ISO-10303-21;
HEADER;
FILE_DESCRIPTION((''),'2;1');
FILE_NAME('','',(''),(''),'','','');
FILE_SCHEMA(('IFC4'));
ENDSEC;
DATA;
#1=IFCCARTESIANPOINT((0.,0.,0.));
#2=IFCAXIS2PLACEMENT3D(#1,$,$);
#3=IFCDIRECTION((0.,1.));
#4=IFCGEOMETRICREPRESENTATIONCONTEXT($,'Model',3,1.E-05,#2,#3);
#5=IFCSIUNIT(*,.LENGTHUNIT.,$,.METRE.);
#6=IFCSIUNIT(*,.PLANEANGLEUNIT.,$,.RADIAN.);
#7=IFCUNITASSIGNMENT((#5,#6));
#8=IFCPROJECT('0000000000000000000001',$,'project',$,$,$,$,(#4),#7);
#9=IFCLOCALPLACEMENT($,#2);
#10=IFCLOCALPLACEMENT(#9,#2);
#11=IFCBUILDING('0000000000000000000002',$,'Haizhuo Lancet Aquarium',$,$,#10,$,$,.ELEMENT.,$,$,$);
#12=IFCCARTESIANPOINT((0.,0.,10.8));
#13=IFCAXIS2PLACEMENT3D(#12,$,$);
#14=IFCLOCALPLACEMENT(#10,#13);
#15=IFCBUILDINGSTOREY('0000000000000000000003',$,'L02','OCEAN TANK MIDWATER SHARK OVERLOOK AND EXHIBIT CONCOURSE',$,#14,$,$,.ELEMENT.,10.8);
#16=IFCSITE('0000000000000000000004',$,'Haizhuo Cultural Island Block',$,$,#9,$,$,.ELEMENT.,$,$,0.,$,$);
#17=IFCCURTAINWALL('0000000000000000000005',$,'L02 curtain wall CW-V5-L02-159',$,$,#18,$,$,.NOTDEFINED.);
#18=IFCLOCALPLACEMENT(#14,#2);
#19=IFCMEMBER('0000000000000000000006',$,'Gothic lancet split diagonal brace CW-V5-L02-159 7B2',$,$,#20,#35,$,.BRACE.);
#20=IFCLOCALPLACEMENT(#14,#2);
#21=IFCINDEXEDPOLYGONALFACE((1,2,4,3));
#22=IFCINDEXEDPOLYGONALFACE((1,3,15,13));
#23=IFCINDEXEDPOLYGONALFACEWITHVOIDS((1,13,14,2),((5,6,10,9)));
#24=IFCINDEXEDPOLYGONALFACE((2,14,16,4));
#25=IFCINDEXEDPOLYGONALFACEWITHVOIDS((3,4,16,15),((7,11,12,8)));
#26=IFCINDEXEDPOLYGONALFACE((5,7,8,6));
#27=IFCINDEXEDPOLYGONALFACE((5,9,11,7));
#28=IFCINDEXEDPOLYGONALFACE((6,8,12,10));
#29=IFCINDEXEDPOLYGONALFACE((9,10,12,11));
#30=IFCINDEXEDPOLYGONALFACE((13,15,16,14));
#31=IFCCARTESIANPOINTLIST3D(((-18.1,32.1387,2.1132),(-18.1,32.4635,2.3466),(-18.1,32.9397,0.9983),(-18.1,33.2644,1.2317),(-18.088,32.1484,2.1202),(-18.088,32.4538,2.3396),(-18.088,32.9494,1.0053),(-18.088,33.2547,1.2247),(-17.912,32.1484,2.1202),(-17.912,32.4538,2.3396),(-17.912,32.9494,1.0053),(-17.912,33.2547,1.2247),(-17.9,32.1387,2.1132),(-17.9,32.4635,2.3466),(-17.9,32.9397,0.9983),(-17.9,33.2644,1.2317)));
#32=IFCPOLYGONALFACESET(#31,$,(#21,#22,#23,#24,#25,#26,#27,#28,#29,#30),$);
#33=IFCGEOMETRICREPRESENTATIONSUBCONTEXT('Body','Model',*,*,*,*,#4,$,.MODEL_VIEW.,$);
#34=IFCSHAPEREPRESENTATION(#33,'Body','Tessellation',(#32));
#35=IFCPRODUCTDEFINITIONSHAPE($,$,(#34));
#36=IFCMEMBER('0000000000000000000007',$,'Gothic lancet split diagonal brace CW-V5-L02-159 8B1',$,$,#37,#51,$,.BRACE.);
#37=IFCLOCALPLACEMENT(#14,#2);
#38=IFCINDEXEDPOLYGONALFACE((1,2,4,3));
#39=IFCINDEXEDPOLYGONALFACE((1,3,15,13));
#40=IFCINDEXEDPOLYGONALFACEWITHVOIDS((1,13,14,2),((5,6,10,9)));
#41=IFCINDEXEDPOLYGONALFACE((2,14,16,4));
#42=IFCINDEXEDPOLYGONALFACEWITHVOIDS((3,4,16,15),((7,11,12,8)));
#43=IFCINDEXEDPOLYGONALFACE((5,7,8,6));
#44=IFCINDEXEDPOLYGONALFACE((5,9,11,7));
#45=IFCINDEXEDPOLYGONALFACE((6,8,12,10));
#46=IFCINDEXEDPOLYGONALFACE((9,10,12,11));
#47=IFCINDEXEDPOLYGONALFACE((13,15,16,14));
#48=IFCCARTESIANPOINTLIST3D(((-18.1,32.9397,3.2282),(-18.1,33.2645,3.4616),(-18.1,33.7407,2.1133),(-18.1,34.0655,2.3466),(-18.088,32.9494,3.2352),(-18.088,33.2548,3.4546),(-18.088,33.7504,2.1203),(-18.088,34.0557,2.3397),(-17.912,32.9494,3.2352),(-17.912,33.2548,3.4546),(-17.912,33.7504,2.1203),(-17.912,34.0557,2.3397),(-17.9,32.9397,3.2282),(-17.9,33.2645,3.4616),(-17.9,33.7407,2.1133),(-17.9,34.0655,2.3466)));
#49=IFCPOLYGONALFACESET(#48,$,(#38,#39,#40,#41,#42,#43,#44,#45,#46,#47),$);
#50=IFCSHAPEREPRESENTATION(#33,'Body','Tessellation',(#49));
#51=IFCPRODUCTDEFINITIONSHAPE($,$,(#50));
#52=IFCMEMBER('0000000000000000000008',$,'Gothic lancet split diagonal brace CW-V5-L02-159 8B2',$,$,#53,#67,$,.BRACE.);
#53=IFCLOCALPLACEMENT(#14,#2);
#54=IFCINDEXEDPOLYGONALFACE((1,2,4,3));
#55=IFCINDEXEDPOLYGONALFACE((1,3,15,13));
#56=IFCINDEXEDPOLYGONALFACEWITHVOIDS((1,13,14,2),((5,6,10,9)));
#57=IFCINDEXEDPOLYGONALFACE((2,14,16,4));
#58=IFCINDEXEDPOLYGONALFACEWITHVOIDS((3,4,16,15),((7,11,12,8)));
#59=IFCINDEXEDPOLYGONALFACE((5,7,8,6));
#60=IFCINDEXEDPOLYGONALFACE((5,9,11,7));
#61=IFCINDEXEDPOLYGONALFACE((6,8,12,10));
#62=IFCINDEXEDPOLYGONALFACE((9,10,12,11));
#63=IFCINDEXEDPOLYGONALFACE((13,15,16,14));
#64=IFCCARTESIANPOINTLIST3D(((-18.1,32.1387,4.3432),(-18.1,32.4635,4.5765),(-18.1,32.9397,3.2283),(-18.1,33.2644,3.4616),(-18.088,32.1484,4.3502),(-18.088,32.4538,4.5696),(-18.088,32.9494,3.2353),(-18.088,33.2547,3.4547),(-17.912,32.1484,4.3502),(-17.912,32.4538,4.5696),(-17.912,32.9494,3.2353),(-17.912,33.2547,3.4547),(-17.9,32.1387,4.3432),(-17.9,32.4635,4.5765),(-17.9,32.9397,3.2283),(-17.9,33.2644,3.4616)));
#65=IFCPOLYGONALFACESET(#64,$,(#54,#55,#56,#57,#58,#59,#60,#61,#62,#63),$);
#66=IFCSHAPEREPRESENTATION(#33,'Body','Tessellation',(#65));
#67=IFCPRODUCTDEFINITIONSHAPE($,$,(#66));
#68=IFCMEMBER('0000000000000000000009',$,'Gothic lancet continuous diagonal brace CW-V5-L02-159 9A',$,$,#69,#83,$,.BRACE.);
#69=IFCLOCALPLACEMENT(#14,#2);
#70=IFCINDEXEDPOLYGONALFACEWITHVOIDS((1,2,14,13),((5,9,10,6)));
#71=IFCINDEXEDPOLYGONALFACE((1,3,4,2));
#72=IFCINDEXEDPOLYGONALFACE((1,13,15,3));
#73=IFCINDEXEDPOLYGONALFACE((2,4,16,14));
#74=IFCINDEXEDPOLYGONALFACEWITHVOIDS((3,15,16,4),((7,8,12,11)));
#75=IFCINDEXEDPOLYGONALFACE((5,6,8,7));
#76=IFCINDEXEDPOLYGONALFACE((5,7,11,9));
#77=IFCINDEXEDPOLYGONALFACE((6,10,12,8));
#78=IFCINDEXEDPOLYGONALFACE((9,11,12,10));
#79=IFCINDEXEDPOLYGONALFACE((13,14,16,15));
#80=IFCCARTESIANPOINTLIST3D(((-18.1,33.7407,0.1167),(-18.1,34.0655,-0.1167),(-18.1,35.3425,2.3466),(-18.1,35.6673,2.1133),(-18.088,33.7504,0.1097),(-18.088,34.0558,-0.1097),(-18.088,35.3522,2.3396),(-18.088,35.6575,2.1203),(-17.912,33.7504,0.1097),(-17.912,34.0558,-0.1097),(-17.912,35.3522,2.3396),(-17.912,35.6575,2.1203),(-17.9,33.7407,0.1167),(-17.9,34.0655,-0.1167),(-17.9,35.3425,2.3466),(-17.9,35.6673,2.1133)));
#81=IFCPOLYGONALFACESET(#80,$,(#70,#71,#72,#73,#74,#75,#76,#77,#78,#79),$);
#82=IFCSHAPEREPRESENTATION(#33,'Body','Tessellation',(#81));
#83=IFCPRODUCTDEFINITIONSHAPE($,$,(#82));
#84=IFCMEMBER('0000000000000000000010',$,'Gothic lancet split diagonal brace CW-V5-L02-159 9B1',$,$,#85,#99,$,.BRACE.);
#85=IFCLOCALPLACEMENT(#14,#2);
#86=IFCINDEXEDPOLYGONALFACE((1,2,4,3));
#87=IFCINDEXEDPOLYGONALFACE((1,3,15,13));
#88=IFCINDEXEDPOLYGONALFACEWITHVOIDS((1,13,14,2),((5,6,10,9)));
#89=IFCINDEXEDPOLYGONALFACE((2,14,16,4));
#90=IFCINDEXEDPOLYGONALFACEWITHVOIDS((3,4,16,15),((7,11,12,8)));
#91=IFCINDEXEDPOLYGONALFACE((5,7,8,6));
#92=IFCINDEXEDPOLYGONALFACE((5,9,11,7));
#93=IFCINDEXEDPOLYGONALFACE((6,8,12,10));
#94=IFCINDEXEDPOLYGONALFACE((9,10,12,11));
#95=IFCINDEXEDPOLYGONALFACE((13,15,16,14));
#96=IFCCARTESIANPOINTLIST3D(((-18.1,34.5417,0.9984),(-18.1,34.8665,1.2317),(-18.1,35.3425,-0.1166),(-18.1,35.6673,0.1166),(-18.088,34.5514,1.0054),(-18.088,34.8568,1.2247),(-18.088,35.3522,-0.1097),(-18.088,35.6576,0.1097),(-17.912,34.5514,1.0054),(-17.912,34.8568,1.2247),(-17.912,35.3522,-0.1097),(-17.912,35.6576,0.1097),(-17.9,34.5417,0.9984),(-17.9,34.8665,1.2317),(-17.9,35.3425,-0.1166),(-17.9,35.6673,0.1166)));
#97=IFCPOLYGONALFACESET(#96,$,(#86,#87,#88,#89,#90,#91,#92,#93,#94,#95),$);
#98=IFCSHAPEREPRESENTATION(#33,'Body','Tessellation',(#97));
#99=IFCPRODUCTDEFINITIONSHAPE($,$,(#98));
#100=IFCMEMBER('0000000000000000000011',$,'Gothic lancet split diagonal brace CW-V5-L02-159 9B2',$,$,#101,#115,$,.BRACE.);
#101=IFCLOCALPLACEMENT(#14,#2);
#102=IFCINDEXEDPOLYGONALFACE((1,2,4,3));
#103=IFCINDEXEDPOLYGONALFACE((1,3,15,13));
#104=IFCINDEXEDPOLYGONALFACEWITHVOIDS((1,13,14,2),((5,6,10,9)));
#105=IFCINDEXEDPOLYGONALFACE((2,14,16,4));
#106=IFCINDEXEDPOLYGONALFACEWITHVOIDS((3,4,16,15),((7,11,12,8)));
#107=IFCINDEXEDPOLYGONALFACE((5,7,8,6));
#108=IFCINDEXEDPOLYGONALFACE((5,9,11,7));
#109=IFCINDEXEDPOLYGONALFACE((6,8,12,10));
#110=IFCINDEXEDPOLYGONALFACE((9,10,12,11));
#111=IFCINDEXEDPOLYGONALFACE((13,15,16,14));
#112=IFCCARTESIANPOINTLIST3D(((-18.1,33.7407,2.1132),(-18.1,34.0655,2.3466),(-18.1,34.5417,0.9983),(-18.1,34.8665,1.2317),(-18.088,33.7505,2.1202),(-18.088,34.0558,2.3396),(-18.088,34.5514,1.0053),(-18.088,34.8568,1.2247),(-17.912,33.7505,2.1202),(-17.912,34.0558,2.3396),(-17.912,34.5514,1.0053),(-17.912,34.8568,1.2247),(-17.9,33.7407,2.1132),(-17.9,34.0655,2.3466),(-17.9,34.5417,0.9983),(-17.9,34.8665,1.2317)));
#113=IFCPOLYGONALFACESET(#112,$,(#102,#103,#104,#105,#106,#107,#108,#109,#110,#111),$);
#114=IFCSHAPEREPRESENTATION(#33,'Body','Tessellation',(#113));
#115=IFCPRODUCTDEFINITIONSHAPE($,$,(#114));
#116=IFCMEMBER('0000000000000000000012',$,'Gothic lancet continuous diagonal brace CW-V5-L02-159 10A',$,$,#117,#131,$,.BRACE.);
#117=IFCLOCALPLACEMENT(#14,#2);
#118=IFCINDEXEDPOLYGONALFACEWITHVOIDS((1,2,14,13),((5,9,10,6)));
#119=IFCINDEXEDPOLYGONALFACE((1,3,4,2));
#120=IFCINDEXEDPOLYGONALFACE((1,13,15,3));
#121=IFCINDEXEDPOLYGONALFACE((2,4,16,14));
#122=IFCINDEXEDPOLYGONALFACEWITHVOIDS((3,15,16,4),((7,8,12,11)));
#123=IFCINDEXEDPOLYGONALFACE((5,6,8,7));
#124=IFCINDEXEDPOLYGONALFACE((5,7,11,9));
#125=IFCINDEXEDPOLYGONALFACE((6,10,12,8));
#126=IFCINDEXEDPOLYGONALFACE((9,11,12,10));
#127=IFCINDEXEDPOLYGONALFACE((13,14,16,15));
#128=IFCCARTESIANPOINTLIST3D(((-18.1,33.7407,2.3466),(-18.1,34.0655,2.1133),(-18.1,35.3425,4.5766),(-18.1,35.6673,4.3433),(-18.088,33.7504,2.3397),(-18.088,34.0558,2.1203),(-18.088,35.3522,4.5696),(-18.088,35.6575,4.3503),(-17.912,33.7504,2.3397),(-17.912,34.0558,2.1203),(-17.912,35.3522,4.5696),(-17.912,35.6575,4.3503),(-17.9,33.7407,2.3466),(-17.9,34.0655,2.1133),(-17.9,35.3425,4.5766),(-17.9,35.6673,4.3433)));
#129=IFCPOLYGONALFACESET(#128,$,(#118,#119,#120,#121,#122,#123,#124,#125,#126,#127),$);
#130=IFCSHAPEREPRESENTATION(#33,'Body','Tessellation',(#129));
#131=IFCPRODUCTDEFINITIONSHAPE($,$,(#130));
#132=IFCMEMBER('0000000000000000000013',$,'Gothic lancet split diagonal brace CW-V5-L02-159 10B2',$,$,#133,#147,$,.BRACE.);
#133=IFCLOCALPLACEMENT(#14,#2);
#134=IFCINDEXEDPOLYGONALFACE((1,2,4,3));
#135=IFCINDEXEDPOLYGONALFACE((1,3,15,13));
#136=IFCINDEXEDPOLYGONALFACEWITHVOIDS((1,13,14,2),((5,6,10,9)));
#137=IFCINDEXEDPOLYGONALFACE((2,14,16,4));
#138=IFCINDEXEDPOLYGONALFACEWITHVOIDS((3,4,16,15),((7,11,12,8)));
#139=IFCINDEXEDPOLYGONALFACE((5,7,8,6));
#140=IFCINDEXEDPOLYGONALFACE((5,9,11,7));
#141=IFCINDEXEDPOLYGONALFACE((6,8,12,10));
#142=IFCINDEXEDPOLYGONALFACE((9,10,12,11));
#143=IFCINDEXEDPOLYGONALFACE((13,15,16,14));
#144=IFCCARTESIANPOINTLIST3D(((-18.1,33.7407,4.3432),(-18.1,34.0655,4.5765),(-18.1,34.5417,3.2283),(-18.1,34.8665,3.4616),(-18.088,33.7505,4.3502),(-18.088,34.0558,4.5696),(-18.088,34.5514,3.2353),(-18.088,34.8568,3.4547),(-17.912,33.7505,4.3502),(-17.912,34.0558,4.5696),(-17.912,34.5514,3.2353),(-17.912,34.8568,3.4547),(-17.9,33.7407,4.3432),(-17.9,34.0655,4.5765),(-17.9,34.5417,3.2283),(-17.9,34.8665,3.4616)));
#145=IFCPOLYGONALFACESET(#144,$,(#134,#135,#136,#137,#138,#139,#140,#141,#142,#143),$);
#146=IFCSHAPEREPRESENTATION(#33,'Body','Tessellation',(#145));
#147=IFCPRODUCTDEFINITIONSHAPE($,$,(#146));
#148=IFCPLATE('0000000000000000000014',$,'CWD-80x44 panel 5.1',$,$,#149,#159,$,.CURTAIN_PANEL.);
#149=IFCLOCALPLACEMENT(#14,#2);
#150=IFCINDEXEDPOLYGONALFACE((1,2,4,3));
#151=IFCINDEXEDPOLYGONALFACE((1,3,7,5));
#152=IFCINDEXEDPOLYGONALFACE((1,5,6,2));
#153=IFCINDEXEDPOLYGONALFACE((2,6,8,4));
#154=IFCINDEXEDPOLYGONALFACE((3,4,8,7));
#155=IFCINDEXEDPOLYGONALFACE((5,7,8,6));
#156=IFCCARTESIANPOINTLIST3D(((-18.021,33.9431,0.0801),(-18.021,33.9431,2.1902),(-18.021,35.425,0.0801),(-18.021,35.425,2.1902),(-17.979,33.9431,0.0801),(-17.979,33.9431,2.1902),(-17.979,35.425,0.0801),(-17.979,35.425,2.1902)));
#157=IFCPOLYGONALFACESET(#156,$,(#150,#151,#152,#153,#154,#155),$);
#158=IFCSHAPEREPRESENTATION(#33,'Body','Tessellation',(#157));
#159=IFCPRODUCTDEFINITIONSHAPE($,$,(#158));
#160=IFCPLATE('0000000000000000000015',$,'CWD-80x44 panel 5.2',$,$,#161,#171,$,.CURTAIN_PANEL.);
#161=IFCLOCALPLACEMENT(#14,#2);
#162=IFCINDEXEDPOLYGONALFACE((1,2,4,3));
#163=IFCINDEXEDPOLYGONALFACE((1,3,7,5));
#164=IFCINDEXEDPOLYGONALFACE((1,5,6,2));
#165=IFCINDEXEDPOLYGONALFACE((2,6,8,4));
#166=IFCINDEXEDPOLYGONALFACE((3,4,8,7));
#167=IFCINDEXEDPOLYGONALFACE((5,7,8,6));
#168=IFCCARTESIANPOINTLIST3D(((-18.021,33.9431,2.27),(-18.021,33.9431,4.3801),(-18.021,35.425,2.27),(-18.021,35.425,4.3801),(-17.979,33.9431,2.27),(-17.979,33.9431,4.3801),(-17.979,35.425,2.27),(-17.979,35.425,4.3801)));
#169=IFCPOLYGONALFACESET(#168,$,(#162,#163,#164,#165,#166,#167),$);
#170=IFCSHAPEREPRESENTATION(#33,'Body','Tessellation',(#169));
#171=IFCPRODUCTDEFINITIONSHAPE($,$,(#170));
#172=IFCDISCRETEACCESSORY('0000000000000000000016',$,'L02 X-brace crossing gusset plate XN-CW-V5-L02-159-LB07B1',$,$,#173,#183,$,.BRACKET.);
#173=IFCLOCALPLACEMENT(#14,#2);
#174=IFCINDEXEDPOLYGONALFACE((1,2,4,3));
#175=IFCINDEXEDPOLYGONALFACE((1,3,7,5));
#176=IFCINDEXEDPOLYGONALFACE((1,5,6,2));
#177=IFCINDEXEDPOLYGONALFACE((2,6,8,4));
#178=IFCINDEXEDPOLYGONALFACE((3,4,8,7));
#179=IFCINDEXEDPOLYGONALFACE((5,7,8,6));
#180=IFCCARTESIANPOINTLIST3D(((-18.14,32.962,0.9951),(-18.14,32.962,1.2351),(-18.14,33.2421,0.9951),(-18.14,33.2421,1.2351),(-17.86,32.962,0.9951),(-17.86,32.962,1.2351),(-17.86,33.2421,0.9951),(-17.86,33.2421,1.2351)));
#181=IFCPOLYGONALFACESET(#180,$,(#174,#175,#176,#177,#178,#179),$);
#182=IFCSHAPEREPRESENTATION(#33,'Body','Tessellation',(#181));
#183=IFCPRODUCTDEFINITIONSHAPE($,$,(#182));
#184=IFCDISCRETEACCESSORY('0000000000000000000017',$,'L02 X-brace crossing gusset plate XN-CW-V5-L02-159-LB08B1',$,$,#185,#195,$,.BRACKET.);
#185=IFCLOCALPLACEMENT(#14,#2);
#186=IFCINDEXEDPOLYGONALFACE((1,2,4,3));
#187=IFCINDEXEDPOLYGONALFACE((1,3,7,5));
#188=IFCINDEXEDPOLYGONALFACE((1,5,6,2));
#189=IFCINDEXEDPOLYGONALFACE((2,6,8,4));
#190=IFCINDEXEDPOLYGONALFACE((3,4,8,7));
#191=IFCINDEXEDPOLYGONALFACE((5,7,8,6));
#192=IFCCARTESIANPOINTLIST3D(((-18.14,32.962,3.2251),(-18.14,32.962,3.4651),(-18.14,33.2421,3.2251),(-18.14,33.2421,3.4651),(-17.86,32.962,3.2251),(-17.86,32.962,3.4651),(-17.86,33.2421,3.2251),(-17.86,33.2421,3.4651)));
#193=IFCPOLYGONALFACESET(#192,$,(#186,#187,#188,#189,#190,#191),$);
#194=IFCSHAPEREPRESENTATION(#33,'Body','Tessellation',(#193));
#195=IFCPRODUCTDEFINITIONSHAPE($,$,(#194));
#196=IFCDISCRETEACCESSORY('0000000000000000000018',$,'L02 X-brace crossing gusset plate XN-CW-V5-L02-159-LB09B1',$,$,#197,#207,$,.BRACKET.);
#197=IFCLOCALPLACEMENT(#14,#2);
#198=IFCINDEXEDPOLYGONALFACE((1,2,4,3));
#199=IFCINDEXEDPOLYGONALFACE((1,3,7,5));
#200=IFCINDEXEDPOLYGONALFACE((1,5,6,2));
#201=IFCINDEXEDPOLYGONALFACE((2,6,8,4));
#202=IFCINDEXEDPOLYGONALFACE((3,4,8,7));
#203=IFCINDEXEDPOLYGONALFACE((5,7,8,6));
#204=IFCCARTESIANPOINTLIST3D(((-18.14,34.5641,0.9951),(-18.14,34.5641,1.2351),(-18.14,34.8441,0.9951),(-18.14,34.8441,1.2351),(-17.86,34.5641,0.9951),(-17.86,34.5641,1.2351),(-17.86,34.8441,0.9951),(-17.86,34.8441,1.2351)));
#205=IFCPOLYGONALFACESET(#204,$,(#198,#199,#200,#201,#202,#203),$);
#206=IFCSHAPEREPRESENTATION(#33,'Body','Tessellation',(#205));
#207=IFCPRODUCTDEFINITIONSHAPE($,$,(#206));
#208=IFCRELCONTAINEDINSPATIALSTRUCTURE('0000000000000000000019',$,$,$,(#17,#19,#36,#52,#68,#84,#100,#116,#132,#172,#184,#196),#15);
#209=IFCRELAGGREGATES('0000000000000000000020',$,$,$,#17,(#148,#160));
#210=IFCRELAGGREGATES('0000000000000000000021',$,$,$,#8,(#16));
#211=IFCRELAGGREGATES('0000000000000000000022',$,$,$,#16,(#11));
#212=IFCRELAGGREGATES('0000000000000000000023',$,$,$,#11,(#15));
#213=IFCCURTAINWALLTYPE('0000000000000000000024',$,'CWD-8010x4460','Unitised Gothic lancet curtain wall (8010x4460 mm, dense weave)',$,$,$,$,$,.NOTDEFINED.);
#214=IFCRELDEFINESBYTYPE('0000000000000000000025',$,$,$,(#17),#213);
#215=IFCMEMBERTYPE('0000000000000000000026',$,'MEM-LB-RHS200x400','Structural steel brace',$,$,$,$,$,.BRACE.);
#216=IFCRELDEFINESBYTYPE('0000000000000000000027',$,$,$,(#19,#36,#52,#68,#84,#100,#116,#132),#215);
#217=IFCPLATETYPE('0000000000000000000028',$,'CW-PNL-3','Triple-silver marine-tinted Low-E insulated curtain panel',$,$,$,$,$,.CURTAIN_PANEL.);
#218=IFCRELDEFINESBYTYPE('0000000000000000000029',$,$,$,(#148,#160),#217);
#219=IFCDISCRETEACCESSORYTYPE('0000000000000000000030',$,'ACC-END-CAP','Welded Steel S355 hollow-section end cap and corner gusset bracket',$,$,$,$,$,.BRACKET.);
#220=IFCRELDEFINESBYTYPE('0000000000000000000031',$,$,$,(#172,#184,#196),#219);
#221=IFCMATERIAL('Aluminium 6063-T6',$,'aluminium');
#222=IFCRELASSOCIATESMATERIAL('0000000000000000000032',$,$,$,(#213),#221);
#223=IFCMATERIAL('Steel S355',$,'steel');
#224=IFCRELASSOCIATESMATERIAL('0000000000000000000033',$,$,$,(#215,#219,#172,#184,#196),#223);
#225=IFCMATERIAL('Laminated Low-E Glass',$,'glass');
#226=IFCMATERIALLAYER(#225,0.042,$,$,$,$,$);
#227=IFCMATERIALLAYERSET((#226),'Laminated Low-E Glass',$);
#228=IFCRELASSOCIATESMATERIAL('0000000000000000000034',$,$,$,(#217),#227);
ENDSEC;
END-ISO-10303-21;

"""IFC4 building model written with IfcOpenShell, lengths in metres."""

from ifc_helpers import new_model, si_unit, direction, frame, origin, origin_2d, place, context, subcontext, project, spatial, rectangle, hollow_rectangle, extrude, material, layer, layer_set, material_profile, profile_set, type_object, element, aggregate, save


model = new_model("IFC4")

# Units and contexts
model_context = context("Model", 3, precision=1e-05, world=origin(), true_north=direction((0.0, 1.0)))
body_context = subcontext(model_context, "Body", "Model", "MODEL_VIEW")
ifc_project = project(units=[si_unit("LENGTHUNIT", "METRE"), si_unit("PLANEANGLEUNIT", "RADIAN")], contexts=[model_context])

# Site, building, storey
site_placement = place(None, origin())
site = spatial("IfcSite", under=ifc_project, at=site_placement, Name="Haizhuo Cultural Island Block", CompositionType="ELEMENT", RefElevation=0.0)
building_placement = place(site_placement, origin())
building = spatial("IfcBuilding", under=site, at=building_placement, Name="Haizhuo Lancet Aquarium", CompositionType="ELEMENT")
storey_placement = place(building_placement, frame((0.0, 0.0, 10.8)))
storey = spatial("IfcBuildingStorey", under=building, at=storey_placement, Name="L02", Description="OCEAN TANK MIDWATER SHARK OVERLOOK AND EXHIBIT CONCOURSE", CompositionType="ELEMENT", Elevation=10.8)

# Shared definitions
ifc_material_1 = material(Name="Aluminium 6063-T6", Category="aluminium")

# Curtain wall
curtain_wall_type_1 = type_object("IfcCurtainWallType", Name="CWD-8010x4460", Description="Unitised Gothic lancet curtain wall (8010x4460 mm, dense weave)", PredefinedType="NOTDEFINED", material=ifc_material_1)
curtain_wall_1_placement = place(storey_placement, origin())
curtain_wall_1 = element("IfcCurtainWall", 1, at=curtain_wall_1_placement, inside=storey, type_object=curtain_wall_type_1, Name="L02 curtain wall CW-V5-L02-159", PredefinedType="NOTDEFINED")

# Members
ifc_material_2 = material(Name="Steel S355", Category="steel")
ifc_material_profile_1 = material_profile(ifc_material_2, hollow_rectangle(XDim=0.2, YDim=0.3999, WallThickness=0.012, at=origin_2d()), Name="RHS 200x400x12")
ifc_profile_set_1 = profile_set([ifc_material_profile_1], Name="Steel S355")
member_type_1 = type_object("IfcMemberType", Name="MEM-LB-RHS200x400", Description="Structural steel brace", PredefinedType="BRACE", material=ifc_profile_set_1)
for number, where, z_axis, x_axis, name in (
    (2, (-18.0, 33.1021, 1.115), (0.0, -0.583456, 0.812144), (1.0, 0.0, 0.0), "Gothic lancet split diagonal brace CW-V5-L02-159 7B2"),
    (3, (-18.0, 33.9031, 2.23), (0.0, -0.583456, 0.812144), (1.0, 0.0, 0.0), "Gothic lancet split diagonal brace CW-V5-L02-159 8B1"),
    (4, (-18.0, 33.1021, 3.345), (0.0, -0.583456, 0.812144), (1.0, 0.0, 0.0), "Gothic lancet split diagonal brace CW-V5-L02-159 8B2"),
):
    element("IfcMember", number, at=place(storey_placement, frame(where, z_axis=z_axis, x_axis=x_axis)), inside=storey, type_object=member_type_1, Name=name, PredefinedType="BRACE", context=body_context, shape_type="SweptSolid", body=[
        extrude(hollow_rectangle(XDim=0.2, YDim=0.3999, WallThickness=0.012, at=origin_2d()), origin(), (0.0, 0.0, 1.0), 1.3728),
    ])
member_1_placement = place(storey_placement, frame((-18.0, 33.9031, 0.0), z_axis=(0.0, 0.583398, 0.812187), x_axis=(-1.0, 0.0, 0.0)))
element("IfcMember", 5, at=member_1_placement, inside=storey, type_object=member_type_1, Name="Gothic lancet continuous diagonal brace CW-V5-L02-159 9A", PredefinedType="BRACE", context=body_context, shape_type="SweptSolid", body=[
    extrude(hollow_rectangle(XDim=0.2, YDim=0.3999, WallThickness=0.012, at=origin_2d()), origin(), (0.0, 0.0, 1.0), 2.7456),
])
for number, where, z_axis, x_axis, name in (
    (6, (-18.0, 35.5049, 0.0), (0.0, -0.583339, 0.812229), (1.0, 0.0, 0.0), "Gothic lancet split diagonal brace CW-V5-L02-159 9B1"),
    (7, (-18.0, 34.7041, 1.115), (0.0, -0.583456, 0.812144), (1.0, 0.0, 0.0), "Gothic lancet split diagonal brace CW-V5-L02-159 9B2"),
):
    element("IfcMember", number, at=place(storey_placement, frame(where, z_axis=z_axis, x_axis=x_axis)), inside=storey, type_object=member_type_1, Name=name, PredefinedType="BRACE", context=body_context, shape_type="SweptSolid", body=[
        extrude(hollow_rectangle(XDim=0.2, YDim=0.3999, WallThickness=0.012, at=origin_2d()), origin(), (0.0, 0.0, 1.0), 1.3728),
    ])
member_2_placement = place(storey_placement, frame((-18.0, 33.9031, 2.23), z_axis=(0.0, 0.583398, 0.812187), x_axis=(-1.0, 0.0, 0.0)))
element("IfcMember", 8, at=member_2_placement, inside=storey, type_object=member_type_1, Name="Gothic lancet continuous diagonal brace CW-V5-L02-159 10A", PredefinedType="BRACE", context=body_context, shape_type="SweptSolid", body=[
    extrude(hollow_rectangle(XDim=0.2, YDim=0.3999, WallThickness=0.012, at=origin_2d()), origin(), (0.0, 0.0, 1.0), 2.7456),
])
member_3_placement = place(storey_placement, frame((-18.0, 34.7041, 3.345), z_axis=(0.0, -0.583456, 0.812144), x_axis=(1.0, 0.0, 0.0)))
element("IfcMember", 9, at=member_3_placement, inside=storey, type_object=member_type_1, Name="Gothic lancet split diagonal brace CW-V5-L02-159 10B2", PredefinedType="BRACE", context=body_context, shape_type="SweptSolid", body=[
    extrude(hollow_rectangle(XDim=0.2, YDim=0.3999, WallThickness=0.012, at=origin_2d()), origin(), (0.0, 0.0, 1.0), 1.3728),
])

# Plates
ifc_material_3 = material(Name="Laminated Low-E Glass", Category="glass")
ifc_layer = layer(ifc_material_3, 0.042)
ifc_layer_set = layer_set([ifc_layer], Name="Laminated Low-E Glass")
plate_type = type_object("IfcPlateType", Name="CW-PNL-3", Description="Triple-silver marine-tinted Low-E insulated curtain panel", PredefinedType="CURTAIN_PANEL", material=ifc_layer_set)
plate_1_placement = place(storey_placement, frame((-18.0, 34.6841, 0.0801), z_axis=(0.0, 0.0, 1.0), x_axis=(0.0, 1.0, 0.0)))
plate_1 = element("IfcPlate", 10, at=plate_1_placement, type_object=plate_type, Name="CWD-80x44 panel 5.1", PredefinedType="CURTAIN_PANEL", context=body_context, shape_type="SweptSolid", body=[
    extrude(rectangle(XDim=1.4819, YDim=0.042, at=origin_2d()), origin(), (0.0, 0.0, 1.0), 2.1101),
])
plate_2_placement = place(storey_placement, frame((-18.0, 34.6841, 2.27), z_axis=(0.0, 0.0, 1.0), x_axis=(0.0, 1.0, 0.0)))
plate_2 = element("IfcPlate", 11, at=plate_2_placement, type_object=plate_type, Name="CWD-80x44 panel 5.2", PredefinedType="CURTAIN_PANEL", context=body_context, shape_type="SweptSolid", body=[
    extrude(rectangle(XDim=1.4819, YDim=0.042, at=origin_2d()), origin(), (0.0, 0.0, 1.0), 2.1101),
])
aggregate(curtain_wall_1, [plate_1, plate_2])

# Discrete accessories
discrete_accessory_type = type_object("IfcDiscreteAccessoryType", Name="ACC-END-CAP", Description="Welded Steel S355 hollow-section end cap and corner gusset bracket", PredefinedType="BRACKET", material=ifc_material_2)
for number, where, z_axis, x_axis, name in (
    (12, (-18.0, 33.1021, 0.9951), (0.0, 0.0, 1.0), (1.0, 0.0, 0.0), "L02 X-brace crossing gusset plate XN-CW-V5-L02-159-LB07B1"),
    (13, (-18.0, 33.1021, 3.2251), (0.0, 0.0, 1.0), (1.0, 0.0, 0.0), "L02 X-brace crossing gusset plate XN-CW-V5-L02-159-LB08B1"),
    (14, (-18.0, 34.7041, 0.9951), (0.0, 0.0, 1.0), (1.0, 0.0, 0.0), "L02 X-brace crossing gusset plate XN-CW-V5-L02-159-LB09B1"),
):
    element("IfcDiscreteAccessory", number, at=place(storey_placement, frame(where, z_axis=z_axis, x_axis=x_axis)), inside=storey, type_object=discrete_accessory_type, material=ifc_material_2, Name=name, PredefinedType="BRACKET", context=body_context, shape_type="SweptSolid", body=[
        extrude(rectangle(XDim=0.28, YDim=0.28, at=origin_2d()), origin(), (0.0, 0.0, 1.0), 0.24),
    ])

save(model, "model.ifc")
